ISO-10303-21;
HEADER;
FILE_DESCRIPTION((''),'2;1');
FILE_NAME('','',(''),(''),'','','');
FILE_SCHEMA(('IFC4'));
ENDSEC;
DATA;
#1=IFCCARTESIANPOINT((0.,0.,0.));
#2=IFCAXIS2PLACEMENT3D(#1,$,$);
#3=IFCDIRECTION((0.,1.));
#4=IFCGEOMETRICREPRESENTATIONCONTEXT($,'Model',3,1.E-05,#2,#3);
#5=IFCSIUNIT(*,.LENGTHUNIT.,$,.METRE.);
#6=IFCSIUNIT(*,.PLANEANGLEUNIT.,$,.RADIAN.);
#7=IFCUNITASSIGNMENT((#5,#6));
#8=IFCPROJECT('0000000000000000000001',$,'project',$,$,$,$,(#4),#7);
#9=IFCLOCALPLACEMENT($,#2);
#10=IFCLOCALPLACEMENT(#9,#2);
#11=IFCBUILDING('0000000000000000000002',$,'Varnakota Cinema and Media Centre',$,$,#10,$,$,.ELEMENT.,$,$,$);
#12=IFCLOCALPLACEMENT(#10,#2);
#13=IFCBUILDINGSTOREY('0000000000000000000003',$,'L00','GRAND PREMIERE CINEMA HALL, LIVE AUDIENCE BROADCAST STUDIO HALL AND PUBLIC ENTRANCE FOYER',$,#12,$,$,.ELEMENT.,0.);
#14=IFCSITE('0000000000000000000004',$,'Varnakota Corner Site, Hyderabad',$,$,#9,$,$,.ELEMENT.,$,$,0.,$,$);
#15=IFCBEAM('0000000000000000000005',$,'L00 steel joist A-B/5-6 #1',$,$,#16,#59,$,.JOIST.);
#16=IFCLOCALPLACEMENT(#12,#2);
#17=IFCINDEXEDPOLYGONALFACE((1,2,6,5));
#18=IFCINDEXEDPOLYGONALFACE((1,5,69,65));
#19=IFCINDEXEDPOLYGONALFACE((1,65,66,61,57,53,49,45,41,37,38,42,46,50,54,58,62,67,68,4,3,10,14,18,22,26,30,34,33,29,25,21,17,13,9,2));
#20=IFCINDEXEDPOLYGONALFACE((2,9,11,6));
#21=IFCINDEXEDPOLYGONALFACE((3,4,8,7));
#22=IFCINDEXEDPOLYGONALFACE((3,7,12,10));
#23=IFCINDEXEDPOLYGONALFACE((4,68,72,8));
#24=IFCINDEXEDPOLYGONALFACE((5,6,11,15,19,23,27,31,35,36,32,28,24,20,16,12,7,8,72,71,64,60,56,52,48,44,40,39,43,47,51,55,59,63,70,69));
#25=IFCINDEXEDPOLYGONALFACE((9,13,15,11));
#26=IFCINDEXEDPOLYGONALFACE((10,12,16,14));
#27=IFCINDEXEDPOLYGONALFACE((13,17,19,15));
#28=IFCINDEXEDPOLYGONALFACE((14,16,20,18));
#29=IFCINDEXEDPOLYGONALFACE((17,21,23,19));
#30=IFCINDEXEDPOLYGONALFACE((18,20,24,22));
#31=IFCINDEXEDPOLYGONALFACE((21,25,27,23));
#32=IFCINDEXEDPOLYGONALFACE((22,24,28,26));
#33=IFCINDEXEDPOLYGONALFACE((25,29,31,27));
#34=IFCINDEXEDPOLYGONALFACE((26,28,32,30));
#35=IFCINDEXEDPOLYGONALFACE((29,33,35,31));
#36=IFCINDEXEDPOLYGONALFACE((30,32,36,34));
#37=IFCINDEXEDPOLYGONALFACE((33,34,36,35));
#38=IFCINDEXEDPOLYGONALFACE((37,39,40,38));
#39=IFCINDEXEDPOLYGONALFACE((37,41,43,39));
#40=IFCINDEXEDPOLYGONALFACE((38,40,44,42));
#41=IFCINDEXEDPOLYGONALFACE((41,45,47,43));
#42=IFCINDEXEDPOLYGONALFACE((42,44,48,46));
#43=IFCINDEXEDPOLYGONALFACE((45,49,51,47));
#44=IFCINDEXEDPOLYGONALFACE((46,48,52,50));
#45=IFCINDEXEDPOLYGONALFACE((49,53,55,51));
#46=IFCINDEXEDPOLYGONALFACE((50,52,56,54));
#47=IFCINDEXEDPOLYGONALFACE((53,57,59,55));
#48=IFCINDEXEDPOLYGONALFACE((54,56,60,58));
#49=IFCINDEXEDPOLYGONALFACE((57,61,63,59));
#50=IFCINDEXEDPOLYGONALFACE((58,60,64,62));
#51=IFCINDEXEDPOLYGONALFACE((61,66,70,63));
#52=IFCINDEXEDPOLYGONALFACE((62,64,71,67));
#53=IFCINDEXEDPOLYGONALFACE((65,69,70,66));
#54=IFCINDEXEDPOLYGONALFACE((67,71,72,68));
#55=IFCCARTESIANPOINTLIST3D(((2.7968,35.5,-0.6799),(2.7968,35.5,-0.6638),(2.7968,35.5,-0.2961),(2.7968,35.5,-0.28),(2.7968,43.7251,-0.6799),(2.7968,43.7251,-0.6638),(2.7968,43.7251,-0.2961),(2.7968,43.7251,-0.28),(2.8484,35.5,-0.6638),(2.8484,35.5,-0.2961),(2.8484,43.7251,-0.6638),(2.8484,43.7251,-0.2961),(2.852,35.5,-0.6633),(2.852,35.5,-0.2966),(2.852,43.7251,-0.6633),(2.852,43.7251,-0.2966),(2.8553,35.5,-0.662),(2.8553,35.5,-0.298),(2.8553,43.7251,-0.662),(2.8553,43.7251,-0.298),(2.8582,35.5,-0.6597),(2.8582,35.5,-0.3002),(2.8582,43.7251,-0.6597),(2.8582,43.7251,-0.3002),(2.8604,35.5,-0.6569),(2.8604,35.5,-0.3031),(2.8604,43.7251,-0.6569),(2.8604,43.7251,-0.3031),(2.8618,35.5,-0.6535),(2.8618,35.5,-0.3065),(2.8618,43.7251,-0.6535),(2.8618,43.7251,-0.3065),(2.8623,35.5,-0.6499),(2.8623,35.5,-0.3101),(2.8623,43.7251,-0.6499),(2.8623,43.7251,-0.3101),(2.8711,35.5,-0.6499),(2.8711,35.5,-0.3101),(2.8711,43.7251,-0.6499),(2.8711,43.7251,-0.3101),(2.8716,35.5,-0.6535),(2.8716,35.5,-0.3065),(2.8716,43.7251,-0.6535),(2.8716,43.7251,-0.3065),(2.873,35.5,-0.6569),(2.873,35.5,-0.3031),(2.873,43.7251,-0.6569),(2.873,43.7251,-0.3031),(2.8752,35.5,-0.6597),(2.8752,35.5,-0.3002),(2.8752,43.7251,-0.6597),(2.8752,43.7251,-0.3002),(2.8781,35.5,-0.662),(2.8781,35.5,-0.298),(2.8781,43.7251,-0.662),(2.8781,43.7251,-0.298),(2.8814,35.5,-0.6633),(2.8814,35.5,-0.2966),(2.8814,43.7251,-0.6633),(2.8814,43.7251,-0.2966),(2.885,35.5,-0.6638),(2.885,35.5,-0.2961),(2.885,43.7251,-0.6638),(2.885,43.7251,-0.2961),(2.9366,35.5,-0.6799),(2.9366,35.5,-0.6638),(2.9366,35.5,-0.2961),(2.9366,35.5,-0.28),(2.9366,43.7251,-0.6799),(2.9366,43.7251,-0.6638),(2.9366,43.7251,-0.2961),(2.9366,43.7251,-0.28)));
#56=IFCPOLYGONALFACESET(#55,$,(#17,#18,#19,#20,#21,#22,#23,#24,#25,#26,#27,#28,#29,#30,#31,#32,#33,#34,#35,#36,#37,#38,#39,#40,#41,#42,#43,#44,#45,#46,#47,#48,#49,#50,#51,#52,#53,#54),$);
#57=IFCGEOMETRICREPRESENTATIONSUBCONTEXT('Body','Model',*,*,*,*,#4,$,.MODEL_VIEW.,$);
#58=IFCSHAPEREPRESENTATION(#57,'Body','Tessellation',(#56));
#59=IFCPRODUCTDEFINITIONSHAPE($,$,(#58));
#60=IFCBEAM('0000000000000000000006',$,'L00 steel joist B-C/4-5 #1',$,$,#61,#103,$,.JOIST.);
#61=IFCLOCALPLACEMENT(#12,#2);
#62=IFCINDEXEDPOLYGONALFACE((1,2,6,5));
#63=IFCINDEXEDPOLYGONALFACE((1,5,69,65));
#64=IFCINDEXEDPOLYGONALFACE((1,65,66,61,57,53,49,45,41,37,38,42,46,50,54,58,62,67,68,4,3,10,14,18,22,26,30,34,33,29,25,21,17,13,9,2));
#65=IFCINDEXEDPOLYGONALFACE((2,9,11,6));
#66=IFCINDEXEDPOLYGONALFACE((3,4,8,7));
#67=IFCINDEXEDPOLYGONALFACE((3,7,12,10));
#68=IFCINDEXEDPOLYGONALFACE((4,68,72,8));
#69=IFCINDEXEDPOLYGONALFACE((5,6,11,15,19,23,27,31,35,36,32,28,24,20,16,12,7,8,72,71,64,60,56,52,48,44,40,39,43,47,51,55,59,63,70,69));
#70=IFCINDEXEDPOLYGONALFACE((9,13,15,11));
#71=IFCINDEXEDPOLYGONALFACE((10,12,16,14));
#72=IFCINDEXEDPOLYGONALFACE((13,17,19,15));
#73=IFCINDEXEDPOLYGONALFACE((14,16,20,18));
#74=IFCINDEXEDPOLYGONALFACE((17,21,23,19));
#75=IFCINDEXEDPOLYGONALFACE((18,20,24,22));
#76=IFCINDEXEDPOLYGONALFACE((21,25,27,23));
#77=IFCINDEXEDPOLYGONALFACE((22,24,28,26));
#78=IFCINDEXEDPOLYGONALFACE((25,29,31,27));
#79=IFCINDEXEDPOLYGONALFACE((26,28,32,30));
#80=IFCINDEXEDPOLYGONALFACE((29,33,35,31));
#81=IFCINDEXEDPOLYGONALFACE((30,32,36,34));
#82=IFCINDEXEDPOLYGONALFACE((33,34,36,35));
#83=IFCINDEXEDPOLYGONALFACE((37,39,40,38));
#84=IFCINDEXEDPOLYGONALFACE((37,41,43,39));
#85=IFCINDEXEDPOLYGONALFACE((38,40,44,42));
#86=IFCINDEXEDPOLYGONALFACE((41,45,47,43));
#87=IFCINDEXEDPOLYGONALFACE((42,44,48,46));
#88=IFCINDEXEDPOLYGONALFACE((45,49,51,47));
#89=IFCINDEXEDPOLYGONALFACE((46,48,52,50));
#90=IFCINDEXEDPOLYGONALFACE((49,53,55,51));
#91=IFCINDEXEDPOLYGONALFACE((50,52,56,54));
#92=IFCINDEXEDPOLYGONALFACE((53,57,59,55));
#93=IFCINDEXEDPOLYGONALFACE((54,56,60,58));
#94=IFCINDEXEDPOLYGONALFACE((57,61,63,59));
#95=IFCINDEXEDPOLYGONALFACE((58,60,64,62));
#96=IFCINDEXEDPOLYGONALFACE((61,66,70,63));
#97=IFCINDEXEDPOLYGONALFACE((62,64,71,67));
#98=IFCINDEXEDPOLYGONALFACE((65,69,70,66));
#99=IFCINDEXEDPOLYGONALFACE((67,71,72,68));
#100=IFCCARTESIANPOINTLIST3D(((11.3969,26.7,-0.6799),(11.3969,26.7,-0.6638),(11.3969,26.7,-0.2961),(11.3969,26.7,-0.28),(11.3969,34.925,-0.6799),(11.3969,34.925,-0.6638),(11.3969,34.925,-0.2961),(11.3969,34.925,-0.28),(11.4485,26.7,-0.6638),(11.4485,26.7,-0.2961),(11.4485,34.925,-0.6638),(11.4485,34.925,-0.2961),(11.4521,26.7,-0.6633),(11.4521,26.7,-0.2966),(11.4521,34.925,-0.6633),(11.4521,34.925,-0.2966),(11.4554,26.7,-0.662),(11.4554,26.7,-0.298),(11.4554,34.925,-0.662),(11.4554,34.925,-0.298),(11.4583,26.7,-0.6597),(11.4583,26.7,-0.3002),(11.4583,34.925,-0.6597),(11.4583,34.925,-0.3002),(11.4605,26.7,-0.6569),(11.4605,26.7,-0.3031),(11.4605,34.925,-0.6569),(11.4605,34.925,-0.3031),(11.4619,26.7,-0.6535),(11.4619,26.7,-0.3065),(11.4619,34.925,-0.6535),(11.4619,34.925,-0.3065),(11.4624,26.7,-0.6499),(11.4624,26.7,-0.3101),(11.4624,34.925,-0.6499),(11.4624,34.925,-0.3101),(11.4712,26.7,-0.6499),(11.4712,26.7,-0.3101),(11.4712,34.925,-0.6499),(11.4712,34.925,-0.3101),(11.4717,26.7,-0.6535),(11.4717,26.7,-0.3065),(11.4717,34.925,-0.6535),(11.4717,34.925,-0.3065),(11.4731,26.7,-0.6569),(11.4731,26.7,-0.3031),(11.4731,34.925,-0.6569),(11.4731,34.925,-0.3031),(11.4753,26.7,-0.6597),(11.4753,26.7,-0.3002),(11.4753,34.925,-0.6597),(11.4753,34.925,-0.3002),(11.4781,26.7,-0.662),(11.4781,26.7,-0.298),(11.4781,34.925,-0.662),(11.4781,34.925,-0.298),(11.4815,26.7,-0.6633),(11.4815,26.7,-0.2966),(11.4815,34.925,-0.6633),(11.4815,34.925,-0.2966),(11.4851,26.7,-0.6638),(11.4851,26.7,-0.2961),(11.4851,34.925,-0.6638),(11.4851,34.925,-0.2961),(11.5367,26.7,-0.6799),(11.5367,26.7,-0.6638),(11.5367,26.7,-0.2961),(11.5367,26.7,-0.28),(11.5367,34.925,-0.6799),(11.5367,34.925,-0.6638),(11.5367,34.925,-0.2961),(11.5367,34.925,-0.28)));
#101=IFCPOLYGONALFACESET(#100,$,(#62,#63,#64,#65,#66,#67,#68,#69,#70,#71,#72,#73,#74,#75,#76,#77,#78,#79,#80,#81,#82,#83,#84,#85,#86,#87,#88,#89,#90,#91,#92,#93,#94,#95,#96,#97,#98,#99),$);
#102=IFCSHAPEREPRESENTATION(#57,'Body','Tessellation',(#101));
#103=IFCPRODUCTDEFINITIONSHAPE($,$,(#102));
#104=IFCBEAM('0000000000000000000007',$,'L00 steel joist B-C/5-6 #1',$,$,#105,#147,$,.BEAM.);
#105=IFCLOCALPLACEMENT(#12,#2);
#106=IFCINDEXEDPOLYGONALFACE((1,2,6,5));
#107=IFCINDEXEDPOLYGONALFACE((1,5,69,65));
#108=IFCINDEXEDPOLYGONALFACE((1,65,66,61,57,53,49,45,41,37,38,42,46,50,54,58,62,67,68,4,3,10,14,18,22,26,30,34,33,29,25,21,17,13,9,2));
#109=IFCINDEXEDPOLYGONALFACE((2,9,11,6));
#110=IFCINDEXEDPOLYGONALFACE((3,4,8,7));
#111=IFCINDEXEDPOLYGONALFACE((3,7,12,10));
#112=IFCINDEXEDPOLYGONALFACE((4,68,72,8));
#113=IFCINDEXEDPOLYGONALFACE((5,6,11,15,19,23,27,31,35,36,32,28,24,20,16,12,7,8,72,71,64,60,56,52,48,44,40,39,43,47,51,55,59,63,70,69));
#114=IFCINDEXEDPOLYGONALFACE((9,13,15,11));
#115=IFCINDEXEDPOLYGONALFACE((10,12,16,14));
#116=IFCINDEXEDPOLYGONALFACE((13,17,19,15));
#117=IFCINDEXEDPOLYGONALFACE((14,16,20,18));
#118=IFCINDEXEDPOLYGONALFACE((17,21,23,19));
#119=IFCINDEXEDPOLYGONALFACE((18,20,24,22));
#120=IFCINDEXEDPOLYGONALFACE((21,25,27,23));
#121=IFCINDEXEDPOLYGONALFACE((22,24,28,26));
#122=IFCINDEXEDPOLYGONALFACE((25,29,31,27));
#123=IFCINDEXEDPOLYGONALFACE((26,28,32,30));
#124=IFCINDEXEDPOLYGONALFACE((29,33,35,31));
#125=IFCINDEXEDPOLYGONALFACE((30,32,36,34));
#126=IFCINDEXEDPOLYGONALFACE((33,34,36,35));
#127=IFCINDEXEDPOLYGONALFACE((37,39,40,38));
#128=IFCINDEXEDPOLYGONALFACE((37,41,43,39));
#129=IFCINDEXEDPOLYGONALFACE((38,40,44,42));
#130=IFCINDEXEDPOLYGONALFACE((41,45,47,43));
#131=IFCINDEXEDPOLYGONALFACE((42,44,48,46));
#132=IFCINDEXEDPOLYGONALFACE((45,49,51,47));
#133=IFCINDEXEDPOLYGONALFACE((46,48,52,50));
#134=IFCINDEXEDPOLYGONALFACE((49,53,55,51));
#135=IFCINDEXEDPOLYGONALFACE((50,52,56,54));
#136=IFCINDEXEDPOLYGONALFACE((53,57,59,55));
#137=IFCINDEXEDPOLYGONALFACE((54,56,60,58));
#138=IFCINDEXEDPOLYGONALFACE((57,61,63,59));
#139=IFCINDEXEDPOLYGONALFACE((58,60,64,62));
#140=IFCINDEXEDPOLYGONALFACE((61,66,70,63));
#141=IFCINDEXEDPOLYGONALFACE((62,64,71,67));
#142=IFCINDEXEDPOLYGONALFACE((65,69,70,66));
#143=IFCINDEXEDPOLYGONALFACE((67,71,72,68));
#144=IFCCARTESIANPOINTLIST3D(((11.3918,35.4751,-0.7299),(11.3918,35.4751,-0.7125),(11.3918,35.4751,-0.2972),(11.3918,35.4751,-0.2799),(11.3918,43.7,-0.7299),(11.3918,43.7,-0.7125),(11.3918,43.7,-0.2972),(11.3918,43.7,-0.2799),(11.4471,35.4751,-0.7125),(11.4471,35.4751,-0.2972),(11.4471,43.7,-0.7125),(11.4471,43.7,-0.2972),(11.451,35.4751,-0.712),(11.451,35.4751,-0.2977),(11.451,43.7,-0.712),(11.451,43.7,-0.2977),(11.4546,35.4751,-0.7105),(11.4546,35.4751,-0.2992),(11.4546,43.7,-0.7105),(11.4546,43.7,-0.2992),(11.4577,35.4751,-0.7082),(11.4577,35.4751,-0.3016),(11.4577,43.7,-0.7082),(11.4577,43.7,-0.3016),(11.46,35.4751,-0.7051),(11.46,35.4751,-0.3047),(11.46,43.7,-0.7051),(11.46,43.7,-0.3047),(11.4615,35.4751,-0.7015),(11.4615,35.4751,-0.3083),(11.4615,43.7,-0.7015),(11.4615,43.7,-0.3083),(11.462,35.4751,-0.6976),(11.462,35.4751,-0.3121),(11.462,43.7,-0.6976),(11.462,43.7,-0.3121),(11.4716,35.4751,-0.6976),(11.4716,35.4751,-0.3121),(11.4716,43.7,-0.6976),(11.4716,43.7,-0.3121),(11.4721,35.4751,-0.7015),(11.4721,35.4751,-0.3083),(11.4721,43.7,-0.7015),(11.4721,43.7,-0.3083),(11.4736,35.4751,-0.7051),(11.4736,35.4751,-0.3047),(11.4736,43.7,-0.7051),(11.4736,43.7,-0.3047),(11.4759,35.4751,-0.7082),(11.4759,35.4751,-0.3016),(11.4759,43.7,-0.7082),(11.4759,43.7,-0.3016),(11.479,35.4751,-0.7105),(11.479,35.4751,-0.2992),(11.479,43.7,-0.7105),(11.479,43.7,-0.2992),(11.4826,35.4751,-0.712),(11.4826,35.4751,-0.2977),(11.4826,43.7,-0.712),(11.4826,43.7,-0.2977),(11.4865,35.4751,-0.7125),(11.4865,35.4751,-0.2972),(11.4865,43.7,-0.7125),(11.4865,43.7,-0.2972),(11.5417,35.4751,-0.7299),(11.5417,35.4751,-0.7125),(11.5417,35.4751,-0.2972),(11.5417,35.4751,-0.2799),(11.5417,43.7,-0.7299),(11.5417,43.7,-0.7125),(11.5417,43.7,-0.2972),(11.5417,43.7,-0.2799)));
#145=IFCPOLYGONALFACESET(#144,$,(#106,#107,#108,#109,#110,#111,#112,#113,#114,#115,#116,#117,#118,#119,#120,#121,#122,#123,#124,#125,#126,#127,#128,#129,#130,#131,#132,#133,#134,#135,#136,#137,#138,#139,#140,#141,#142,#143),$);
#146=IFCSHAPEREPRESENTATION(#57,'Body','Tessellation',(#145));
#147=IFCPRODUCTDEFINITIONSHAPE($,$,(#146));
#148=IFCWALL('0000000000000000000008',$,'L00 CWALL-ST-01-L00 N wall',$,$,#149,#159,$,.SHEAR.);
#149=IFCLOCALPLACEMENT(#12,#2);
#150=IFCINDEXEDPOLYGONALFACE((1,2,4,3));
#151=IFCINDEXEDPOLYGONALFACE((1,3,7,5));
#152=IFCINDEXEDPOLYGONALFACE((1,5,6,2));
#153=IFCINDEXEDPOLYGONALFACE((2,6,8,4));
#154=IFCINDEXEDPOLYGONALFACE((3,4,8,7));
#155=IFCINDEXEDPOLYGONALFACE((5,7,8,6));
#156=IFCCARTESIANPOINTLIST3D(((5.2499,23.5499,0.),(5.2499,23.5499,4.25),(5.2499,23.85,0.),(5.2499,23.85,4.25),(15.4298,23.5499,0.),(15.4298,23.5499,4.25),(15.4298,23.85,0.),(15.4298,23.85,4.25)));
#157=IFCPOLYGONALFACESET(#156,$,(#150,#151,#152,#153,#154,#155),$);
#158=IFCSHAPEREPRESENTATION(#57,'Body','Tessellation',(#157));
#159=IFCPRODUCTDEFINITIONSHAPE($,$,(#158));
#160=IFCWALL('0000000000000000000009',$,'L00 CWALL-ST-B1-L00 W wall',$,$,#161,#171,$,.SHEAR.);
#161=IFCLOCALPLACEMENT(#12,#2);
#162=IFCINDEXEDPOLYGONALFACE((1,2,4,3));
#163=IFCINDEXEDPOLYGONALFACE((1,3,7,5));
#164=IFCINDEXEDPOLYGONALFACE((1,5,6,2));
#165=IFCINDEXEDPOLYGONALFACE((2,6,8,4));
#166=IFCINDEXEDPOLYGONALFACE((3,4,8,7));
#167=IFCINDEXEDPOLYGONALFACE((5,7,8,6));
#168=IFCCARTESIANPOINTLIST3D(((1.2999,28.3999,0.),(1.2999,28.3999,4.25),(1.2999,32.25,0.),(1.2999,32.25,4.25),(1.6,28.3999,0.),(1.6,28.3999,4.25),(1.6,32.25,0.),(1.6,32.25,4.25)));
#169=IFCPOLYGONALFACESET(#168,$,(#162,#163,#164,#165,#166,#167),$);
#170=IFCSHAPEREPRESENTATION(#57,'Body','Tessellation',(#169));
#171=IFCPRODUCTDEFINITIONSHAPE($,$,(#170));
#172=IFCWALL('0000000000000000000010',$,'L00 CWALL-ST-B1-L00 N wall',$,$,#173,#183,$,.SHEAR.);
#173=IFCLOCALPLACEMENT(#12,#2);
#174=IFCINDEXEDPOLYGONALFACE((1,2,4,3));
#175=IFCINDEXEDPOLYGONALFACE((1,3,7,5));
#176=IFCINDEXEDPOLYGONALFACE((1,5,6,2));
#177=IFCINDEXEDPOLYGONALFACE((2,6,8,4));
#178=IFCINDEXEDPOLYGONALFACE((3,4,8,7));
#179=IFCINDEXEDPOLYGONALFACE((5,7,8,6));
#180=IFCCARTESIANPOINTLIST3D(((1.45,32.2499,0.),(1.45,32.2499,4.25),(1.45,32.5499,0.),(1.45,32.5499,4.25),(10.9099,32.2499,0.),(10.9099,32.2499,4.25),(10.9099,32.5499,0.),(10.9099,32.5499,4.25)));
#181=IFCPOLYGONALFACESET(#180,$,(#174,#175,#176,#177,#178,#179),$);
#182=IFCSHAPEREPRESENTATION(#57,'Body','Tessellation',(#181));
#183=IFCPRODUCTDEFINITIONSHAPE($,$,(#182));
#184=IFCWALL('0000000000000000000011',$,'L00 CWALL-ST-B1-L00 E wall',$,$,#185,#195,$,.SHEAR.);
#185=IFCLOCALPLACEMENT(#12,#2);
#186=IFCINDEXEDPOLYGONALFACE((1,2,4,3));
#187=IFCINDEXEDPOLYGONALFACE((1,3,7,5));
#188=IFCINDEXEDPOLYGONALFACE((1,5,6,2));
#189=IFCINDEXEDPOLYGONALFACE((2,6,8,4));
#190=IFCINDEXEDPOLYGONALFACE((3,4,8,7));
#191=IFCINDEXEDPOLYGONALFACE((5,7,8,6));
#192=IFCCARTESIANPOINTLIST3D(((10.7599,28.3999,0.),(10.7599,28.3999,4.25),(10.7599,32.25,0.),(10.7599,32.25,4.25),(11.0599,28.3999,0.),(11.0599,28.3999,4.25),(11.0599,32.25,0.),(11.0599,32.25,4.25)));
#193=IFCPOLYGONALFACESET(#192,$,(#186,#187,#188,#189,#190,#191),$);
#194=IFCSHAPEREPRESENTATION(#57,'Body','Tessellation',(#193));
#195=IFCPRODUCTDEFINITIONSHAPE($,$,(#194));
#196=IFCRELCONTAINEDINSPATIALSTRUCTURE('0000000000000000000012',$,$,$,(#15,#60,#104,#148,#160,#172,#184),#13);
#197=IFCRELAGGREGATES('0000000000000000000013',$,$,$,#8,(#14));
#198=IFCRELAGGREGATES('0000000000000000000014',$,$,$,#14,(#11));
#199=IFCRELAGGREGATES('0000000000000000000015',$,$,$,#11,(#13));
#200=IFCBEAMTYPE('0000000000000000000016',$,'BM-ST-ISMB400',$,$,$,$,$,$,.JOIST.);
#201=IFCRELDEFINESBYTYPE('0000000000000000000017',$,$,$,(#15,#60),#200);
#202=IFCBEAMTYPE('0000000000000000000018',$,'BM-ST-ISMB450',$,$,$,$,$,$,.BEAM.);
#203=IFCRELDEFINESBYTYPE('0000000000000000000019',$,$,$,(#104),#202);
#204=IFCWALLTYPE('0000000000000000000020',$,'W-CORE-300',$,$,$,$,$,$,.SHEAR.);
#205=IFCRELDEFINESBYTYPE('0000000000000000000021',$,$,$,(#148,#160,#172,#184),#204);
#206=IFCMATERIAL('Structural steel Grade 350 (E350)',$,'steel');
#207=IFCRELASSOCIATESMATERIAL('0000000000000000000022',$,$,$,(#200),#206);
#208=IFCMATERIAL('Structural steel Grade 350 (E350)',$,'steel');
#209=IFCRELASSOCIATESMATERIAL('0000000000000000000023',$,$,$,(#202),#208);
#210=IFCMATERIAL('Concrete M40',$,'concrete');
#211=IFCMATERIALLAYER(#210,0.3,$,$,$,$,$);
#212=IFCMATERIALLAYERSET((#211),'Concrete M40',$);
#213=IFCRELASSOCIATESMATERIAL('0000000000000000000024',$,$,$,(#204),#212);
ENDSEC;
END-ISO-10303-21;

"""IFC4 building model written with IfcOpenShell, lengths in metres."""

from ifc_helpers import new_model, si_unit, direction, frame, frame_2d, origin, origin_2d, place, context, subcontext, project, spatial, rectangle, i_section, extrude, material, layer, layer_set, material_profile, profile_set, type_object, element, save


model = new_model("IFC4")

# Units and contexts
model_context = context("Model", 3, precision=1e-05, world=origin(), true_north=direction((0.0, 1.0)))
body_context = subcontext(model_context, "Body", "Model", "MODEL_VIEW")
ifc_project = project(units=[si_unit("LENGTHUNIT", "METRE"), si_unit("PLANEANGLEUNIT", "RADIAN")], contexts=[model_context])

# Site, building, storey
site_placement = place(None, origin())
site = spatial("IfcSite", under=ifc_project, at=site_placement, Name="Varnakota Corner Site, Hyderabad", CompositionType="ELEMENT", RefElevation=0.0)
building_placement = place(site_placement, origin())
building = spatial("IfcBuilding", under=site, at=building_placement, Name="Varnakota Cinema and Media Centre", CompositionType="ELEMENT")
storey_placement = place(building_placement, origin())
storey = spatial("IfcBuildingStorey", under=building, at=storey_placement, Name="L00", Description="GRAND PREMIERE CINEMA HALL, LIVE AUDIENCE BROADCAST STUDIO HALL AND PUBLIC ENTRANCE FOYER", CompositionType="ELEMENT", Elevation=0.0)

# Beams
ifc_material_1 = material(Name="Structural steel Grade 350 (E350)", Category="steel")
ifc_material_profile_1 = material_profile(ifc_material_1, i_section(OverallWidth=0.1399, OverallDepth=0.3999, WebThickness=0.0088, FlangeThickness=0.0161, FilletRadius=0.0139, at=origin_2d()), Name="ISMB 400")
ifc_profile_set_1 = profile_set([ifc_material_profile_1], Name="Structural steel Grade 350 (E350)")
beam_type_1 = type_object("IfcBeamType", Name="BM-ST-ISMB400", PredefinedType="JOIST", material=ifc_profile_set_1)
for number, where, z_axis, x_axis, name in (
    (1, (2.8667, 35.5, -0.48), (0.0, 1.0, 0.0), (-1.0, 0.0, 0.0), "L00 steel joist A-B/5-6 #1"),
    (2, (11.4668, 26.7, -0.48), (0.0, 1.0, 0.0), (-1.0, 0.0, 0.0), "L00 steel joist B-C/4-5 #1"),
):
    element("IfcBeam", number, at=place(storey_placement, frame(where, z_axis=z_axis, x_axis=x_axis)), inside=storey, type_object=beam_type_1, Name=name, PredefinedType="JOIST", context=body_context, shape_type="SweptSolid", body=[
        extrude(i_section(OverallWidth=0.1399, OverallDepth=0.3999, WebThickness=0.0088, FlangeThickness=0.0161, FilletRadius=0.0139, at=origin_2d()), origin(), (0.0, 0.0, 1.0), 8.2251),
    ])
ifc_material_2 = material(Name="Structural steel Grade 350 (E350)", Category="steel")
ifc_material_profile_2 = material_profile(ifc_material_2, i_section(OverallWidth=0.1499, OverallDepth=0.45, WebThickness=0.0095, FlangeThickness=0.0173, FilletRadius=0.0149, at=origin_2d()), Name="ISMB 450")
ifc_profile_set_2 = profile_set([ifc_material_profile_2], Name="Structural steel Grade 350 (E350)")
beam_type_2 = type_object("IfcBeamType", Name="BM-ST-ISMB450", PredefinedType="BEAM", material=ifc_profile_set_2)
beam_1_placement = place(storey_placement, frame((11.4668, 35.4751, -0.5049), z_axis=(0.0, 1.0, 0.0), x_axis=(-1.0, 0.0, 0.0)))
element("IfcBeam", 3, at=beam_1_placement, inside=storey, type_object=beam_type_2, Name="L00 steel joist B-C/5-6 #1", PredefinedType="BEAM", context=body_context, shape_type="SweptSolid", body=[
    extrude(i_section(OverallWidth=0.1499, OverallDepth=0.45, WebThickness=0.0095, FlangeThickness=0.0173, FilletRadius=0.0149, at=origin_2d()), origin(), (0.0, 0.0, 1.0), 8.2249),
])

# Shared definitions
ifc_material_3 = material(Name="Concrete M40", Category="concrete")
ifc_layer_1 = layer(ifc_material_3, 0.3)
ifc_layer_set_1 = layer_set([ifc_layer_1], Name="Concrete M40")
wall_type_1 = type_object("IfcWallType", Name="W-CORE-300", PredefinedType="SHEAR", material=ifc_layer_set_1)

# Wall
wall_1_placement = place(storey_placement, frame((5.25, 23.7, 0.0), z_axis=(0.0, 0.0, 1.0), x_axis=(1.0, 0.0, 0.0)))
element("IfcWall", 4, at=wall_1_placement, inside=storey, type_object=wall_type_1, Name="L00 CWALL-ST-01-L00 N wall", PredefinedType="SHEAR", context=body_context, shape_type="SweptSolid", body=[
    extrude(rectangle(XDim=10.1799, YDim=0.3, at=frame_2d((5.0898, 0.0))), origin(), (0.0, 0.0, 1.0), 4.25),
])

# Walls
wall_2_placement = place(storey_placement, frame((1.45, 28.3999, 0.0), z_axis=(0.0, 0.0, 1.0), x_axis=(0.0, 1.0, 0.0)))
element("IfcWall", 5, at=wall_2_placement, inside=storey, type_object=wall_type_1, Name="L00 CWALL-ST-B1-L00 W wall", PredefinedType="SHEAR", context=body_context, shape_type="SweptSolid", body=[
    extrude(rectangle(XDim=3.8501, YDim=0.3, at=frame_2d((1.925, 0.0))), origin(), (0.0, 0.0, 1.0), 4.25),
])
wall_3_placement = place(storey_placement, frame((1.45, 32.3999, 0.0), z_axis=(0.0, 0.0, 1.0), x_axis=(1.0, 0.0, 0.0)))
element("IfcWall", 6, at=wall_3_placement, inside=storey, type_object=wall_type_1, Name="L00 CWALL-ST-B1-L00 N wall", PredefinedType="SHEAR", context=body_context, shape_type="SweptSolid", body=[
    extrude(rectangle(XDim=9.46, YDim=0.3, at=frame_2d((4.73, 0.0))), origin(), (0.0, 0.0, 1.0), 4.25),
])
wall_4_placement = place(storey_placement, frame((10.9099, 32.25, 0.0), z_axis=(0.0, 0.0, 1.0), x_axis=(0.0, -1.0, 0.0)))
element("IfcWall", 7, at=wall_4_placement, inside=storey, type_object=wall_type_1, Name="L00 CWALL-ST-B1-L00 E wall", PredefinedType="SHEAR", context=body_context, shape_type="SweptSolid", body=[
    extrude(rectangle(XDim=3.8501, YDim=0.3, at=frame_2d((1.925, 0.0))), origin(), (0.0, 0.0, 1.0), 4.25),
])

save(model, "model.ifc")
